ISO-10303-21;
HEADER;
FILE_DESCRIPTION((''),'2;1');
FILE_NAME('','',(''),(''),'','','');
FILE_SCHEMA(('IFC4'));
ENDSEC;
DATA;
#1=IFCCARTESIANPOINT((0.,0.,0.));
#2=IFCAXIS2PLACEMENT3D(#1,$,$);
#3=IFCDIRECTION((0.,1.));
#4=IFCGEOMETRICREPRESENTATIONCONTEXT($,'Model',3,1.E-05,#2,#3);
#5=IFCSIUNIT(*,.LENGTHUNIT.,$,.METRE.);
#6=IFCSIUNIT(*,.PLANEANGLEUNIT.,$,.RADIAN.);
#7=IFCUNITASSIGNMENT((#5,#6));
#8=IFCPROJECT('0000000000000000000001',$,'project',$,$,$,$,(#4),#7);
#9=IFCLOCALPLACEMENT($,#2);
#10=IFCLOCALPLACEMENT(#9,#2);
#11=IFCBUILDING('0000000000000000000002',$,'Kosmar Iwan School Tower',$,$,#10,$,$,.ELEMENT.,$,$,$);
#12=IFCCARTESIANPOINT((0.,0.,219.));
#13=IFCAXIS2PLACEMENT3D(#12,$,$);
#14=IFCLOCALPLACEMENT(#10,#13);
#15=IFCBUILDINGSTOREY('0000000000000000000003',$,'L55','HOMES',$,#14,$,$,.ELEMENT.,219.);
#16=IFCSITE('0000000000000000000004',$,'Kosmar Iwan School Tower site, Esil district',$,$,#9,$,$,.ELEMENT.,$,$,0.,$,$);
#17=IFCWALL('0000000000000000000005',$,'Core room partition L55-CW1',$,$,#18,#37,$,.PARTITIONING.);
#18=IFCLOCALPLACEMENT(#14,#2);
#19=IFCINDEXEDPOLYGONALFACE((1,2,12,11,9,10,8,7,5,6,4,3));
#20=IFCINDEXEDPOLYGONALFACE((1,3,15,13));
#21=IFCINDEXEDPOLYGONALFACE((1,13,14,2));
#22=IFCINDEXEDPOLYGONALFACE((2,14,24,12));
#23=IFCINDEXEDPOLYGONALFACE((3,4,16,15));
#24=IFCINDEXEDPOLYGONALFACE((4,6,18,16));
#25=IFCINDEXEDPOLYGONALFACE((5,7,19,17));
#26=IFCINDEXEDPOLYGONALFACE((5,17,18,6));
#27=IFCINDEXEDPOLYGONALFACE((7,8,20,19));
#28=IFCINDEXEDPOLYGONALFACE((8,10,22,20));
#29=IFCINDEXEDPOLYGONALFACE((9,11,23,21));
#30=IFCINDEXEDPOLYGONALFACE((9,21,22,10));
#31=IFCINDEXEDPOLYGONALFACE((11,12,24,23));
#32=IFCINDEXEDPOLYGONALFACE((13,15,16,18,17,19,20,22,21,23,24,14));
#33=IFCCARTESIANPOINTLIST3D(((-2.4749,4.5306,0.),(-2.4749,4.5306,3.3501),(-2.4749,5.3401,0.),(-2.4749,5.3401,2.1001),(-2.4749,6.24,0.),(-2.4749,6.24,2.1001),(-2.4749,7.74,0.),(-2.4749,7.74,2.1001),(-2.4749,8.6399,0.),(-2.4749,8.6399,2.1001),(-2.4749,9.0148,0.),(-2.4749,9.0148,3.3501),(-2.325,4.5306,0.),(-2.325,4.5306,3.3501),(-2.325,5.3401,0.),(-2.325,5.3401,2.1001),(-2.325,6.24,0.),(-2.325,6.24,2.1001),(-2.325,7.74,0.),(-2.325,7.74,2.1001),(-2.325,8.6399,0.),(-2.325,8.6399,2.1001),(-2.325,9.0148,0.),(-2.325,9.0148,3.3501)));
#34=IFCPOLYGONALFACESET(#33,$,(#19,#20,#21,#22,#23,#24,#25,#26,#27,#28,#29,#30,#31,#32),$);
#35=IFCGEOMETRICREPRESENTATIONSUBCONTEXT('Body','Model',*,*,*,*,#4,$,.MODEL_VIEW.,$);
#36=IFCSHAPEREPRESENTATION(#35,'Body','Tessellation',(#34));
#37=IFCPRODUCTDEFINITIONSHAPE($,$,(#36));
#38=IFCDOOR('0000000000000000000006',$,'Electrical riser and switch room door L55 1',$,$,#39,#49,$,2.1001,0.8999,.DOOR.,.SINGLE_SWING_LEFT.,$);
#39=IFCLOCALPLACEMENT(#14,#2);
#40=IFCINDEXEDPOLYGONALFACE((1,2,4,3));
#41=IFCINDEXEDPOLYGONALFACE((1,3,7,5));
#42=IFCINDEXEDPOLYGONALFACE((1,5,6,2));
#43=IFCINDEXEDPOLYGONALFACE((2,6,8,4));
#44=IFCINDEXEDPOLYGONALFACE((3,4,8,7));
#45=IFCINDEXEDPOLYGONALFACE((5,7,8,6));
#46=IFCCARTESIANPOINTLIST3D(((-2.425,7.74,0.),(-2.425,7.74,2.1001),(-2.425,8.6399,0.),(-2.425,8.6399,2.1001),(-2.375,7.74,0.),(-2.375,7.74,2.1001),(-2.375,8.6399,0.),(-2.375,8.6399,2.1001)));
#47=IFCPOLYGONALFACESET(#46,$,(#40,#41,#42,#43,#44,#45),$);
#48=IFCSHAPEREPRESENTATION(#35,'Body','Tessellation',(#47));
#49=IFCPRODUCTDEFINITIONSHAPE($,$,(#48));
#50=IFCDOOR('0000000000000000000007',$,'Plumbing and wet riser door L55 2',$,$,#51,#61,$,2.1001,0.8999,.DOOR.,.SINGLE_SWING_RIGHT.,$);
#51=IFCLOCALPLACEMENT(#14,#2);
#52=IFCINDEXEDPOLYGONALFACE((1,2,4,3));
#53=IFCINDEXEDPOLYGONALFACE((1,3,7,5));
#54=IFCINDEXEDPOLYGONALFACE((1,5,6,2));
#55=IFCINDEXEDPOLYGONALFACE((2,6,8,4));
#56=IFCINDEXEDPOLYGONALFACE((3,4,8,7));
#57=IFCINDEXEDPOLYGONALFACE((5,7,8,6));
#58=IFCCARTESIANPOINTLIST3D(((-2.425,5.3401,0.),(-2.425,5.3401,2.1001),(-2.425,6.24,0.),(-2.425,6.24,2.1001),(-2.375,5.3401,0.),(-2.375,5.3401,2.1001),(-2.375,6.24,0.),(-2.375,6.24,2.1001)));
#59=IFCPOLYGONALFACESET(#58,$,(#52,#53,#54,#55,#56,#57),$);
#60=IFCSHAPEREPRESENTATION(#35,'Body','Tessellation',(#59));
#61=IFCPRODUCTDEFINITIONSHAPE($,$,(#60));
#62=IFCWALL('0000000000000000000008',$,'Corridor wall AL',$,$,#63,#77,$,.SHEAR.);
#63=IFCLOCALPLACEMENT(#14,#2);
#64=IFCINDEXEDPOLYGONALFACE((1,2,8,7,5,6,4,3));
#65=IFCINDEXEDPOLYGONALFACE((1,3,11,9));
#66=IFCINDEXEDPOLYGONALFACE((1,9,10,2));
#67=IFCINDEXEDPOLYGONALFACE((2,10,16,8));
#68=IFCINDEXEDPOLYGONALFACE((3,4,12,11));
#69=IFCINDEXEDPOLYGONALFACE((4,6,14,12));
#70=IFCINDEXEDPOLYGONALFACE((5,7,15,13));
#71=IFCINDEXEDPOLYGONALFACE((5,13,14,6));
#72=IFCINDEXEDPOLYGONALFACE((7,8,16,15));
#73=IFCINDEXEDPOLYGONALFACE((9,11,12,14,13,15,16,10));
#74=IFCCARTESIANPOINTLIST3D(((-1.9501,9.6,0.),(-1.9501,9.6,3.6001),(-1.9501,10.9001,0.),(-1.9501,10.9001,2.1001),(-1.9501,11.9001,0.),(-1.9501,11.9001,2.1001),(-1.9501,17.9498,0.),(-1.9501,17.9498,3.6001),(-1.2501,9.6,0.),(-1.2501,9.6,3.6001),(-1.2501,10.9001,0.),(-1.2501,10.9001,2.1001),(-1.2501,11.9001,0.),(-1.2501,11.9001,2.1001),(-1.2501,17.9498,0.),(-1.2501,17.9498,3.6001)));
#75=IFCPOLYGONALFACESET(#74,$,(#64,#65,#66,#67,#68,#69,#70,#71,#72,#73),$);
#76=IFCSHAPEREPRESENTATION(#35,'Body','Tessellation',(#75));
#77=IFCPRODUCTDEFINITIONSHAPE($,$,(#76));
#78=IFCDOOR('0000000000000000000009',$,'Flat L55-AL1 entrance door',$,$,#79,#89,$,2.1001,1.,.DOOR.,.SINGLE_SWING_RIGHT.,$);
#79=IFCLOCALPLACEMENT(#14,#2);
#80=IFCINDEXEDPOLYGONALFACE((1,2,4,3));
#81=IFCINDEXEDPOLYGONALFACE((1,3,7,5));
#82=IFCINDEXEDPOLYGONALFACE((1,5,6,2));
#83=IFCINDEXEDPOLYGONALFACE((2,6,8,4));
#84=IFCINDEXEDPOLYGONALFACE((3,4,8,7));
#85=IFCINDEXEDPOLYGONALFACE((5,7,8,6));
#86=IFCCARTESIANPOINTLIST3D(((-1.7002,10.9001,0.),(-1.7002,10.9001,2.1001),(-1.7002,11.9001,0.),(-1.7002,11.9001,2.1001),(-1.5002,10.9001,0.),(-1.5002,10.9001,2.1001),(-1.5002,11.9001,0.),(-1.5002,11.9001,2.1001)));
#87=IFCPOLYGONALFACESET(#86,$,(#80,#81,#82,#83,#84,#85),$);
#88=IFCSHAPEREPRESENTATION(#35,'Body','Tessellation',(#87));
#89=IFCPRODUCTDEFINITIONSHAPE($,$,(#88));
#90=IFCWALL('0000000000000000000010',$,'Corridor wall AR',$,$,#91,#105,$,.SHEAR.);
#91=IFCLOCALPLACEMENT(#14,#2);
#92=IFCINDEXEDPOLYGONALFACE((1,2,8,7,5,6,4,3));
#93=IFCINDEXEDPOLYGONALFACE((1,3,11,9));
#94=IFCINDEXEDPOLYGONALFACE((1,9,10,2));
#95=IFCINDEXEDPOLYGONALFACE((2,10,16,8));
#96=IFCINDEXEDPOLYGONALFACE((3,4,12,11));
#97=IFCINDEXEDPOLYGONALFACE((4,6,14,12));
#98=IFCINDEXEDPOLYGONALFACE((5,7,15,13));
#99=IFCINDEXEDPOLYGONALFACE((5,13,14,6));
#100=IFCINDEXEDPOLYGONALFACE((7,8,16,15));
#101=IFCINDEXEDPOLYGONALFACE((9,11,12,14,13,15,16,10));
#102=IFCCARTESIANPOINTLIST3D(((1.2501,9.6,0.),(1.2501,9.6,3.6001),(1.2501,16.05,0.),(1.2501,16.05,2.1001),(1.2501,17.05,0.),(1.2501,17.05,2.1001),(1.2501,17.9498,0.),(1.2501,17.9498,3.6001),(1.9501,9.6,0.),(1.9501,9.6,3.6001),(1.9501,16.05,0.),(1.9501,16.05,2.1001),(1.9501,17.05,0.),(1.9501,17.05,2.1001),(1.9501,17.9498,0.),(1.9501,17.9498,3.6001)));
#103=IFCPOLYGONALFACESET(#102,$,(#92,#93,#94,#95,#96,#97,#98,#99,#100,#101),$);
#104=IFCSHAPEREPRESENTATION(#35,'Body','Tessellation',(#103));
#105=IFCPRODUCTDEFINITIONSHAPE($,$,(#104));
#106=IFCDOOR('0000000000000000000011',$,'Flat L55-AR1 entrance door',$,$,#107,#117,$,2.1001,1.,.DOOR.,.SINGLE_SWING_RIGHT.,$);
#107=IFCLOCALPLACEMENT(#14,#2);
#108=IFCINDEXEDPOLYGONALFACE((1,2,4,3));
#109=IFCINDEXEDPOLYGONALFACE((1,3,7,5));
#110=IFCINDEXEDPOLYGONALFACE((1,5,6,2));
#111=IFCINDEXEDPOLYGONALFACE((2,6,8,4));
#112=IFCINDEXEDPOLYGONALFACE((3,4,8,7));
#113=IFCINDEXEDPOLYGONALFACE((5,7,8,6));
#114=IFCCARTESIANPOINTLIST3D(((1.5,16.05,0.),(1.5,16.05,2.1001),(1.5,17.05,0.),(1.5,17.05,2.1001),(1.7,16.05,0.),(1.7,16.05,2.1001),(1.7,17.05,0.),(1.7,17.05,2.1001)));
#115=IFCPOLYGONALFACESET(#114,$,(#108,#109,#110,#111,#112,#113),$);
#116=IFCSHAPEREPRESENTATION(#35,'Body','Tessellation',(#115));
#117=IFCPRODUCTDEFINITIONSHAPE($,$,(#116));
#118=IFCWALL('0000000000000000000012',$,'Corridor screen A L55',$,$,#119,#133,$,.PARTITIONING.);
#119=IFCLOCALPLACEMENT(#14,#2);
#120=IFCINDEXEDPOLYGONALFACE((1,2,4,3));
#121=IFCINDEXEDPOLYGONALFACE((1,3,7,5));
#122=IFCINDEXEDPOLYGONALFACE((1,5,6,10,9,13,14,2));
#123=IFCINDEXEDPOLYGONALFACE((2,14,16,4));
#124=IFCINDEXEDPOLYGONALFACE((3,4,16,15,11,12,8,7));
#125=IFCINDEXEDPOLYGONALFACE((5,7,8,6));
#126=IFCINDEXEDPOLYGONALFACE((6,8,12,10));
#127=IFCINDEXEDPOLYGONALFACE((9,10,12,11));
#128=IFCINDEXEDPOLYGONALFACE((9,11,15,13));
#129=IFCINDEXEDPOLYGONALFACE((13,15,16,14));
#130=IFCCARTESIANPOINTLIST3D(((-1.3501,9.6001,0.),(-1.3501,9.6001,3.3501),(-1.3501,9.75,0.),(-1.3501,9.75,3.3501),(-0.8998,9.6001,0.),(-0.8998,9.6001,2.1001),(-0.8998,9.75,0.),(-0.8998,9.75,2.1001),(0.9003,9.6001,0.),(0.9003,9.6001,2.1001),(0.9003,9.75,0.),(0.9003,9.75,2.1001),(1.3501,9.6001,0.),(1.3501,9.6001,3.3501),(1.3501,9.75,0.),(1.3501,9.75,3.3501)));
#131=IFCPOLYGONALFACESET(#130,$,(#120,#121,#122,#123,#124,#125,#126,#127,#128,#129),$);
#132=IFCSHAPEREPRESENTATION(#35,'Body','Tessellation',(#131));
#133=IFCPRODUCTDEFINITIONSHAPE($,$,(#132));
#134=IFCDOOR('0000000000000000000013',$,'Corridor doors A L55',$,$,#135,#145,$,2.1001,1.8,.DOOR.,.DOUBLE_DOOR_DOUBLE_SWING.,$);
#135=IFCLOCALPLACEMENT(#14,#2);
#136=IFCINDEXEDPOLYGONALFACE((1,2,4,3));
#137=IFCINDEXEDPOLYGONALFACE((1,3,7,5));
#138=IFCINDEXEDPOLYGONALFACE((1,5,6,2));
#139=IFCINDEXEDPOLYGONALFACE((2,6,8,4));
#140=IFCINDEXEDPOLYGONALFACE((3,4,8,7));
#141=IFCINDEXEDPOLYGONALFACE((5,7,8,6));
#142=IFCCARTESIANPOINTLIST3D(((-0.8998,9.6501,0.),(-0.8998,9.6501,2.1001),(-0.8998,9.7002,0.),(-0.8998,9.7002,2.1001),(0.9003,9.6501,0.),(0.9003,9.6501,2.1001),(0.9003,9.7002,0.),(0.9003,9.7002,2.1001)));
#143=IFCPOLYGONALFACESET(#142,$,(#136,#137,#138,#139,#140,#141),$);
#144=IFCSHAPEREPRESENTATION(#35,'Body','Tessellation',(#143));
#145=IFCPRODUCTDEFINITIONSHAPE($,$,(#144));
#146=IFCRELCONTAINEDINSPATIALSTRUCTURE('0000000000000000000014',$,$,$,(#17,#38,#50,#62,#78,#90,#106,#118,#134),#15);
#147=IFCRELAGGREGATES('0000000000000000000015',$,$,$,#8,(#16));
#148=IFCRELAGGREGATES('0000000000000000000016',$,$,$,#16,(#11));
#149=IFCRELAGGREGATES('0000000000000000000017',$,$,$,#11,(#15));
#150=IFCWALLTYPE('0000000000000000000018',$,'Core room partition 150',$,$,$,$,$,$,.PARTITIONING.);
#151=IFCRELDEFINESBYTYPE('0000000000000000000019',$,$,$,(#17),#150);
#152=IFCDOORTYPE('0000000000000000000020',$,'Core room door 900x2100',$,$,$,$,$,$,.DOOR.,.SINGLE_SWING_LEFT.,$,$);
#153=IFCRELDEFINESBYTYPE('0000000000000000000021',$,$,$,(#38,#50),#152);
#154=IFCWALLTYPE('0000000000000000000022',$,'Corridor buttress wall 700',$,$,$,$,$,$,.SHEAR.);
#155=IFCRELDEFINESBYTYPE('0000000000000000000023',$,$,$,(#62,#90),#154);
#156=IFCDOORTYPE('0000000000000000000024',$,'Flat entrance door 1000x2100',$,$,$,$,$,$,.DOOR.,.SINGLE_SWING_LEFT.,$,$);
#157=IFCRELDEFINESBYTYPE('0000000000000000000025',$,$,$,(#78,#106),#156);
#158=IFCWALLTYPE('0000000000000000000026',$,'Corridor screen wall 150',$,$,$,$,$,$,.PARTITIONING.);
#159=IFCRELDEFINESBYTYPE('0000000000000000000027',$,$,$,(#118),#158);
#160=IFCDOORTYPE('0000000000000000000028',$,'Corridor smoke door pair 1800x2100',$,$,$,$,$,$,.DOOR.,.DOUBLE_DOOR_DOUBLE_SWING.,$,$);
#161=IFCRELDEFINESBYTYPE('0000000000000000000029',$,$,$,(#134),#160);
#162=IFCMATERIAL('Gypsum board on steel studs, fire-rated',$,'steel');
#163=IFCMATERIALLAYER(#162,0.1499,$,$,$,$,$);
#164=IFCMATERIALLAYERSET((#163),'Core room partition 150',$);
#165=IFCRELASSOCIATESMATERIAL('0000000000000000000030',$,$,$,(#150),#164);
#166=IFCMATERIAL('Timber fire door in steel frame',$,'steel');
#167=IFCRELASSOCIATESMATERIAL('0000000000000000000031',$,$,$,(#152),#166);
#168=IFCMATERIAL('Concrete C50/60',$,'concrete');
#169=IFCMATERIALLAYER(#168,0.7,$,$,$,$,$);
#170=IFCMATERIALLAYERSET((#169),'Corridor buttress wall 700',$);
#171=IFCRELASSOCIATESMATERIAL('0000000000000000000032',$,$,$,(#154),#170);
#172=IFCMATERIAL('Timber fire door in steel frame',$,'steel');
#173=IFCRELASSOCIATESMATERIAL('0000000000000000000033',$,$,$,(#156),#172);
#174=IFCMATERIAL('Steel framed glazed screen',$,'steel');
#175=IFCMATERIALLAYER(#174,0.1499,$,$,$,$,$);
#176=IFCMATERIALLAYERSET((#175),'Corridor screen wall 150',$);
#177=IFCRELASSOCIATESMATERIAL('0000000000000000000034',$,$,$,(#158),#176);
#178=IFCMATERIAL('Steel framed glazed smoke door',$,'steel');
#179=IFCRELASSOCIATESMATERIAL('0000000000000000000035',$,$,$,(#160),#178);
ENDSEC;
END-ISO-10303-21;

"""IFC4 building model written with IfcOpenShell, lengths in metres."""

from ifc_helpers import new_model, si_unit, direction, frame, frame_2d, origin, place, context, subcontext, project, spatial, rectangle, extrude, material, layer, layer_set, type_object, element, fill, save


model = new_model("IFC4")

# Units and contexts
model_context = context("Model", 3, precision=1e-05, world=origin(), true_north=direction((0.0, 1.0)))
body_context = subcontext(model_context, "Body", "Model", "MODEL_VIEW")
ifc_project = project(units=[si_unit("LENGTHUNIT", "METRE"), si_unit("PLANEANGLEUNIT", "RADIAN")], contexts=[model_context])

# Site, building, storey
site_placement = place(None, origin())
site = spatial("IfcSite", under=ifc_project, at=site_placement, Name="Kosmar Iwan School Tower site, Esil district", CompositionType="ELEMENT", RefElevation=0.0)
building_placement = place(site_placement, origin())
building = spatial("IfcBuilding", under=site, at=building_placement, Name="Kosmar Iwan School Tower", CompositionType="ELEMENT")
storey_placement = place(building_placement, frame((0.0, 0.0, 219.0)))
storey = spatial("IfcBuildingStorey", under=building, at=storey_placement, Name="L55", Description="HOMES", CompositionType="ELEMENT", Elevation=219.0)

# Wall, openings, doors
ifc_material_1 = material(Name="Gypsum board on steel studs, fire-rated", Category="steel")
ifc_layer_1 = layer(ifc_material_1, 0.1499)
ifc_layer_set_1 = layer_set([ifc_layer_1], Name="Core room partition 150")
wall_type_1 = type_object("IfcWallType", Name="Core room partition 150", PredefinedType="PARTITIONING", material=ifc_layer_set_1)
wall_1_placement = place(storey_placement, frame((-2.3999, 9.0149, 0.0), z_axis=(0.0, 0.0, 1.0), x_axis=(0.0, -1.0, 0.0)))
wall_1 = element("IfcWall", 1, at=wall_1_placement, inside=storey, type_object=wall_type_1, Name="Core room partition L55-CW1", PredefinedType="PARTITIONING", context=body_context, shape_type="SweptSolid", body=[
    extrude(rectangle(XDim=4.4841, YDim=0.1499, at=frame_2d((2.2422, 0.0))), origin(), (0.0, 0.0, 1.0), 3.3501),
])
opening_1_placement = place(wall_1_placement, frame((0.375, 0.0, 0.0)))
opening_1 = element("IfcOpeningElement", 2, at=opening_1_placement, cuts=wall_1, PredefinedType="OPENING", context=body_context, shape_type="SweptSolid", body=[
    extrude(rectangle(XDim=0.8999, YDim=2.1001, at=frame_2d((0.45, 1.05))), frame((0.0, 0.0869, 0.0), z_axis=(0.0, -1.0, 0.0), x_axis=(1.0, 0.0, 0.0)), (0.0, 0.0, 1.0), 0.1738),
])
opening_2_placement = place(wall_1_placement, frame((2.7749, 0.0, 0.0)))
opening_2 = element("IfcOpeningElement", 3, at=opening_2_placement, cuts=wall_1, PredefinedType="OPENING", context=body_context, shape_type="SweptSolid", body=[
    extrude(rectangle(XDim=0.8999, YDim=2.1001, at=frame_2d((0.45, 1.05))), frame((0.0, 0.0869, 0.0), z_axis=(0.0, -1.0, 0.0), x_axis=(1.0, 0.0, 0.0)), (0.0, 0.0, 1.0), 0.1738),
])
ifc_material_2 = material(Name="Timber fire door in steel frame", Category="steel")
door_type_1 = type_object("IfcDoorType", Name="Core room door 900x2100", OperationType="SINGLE_SWING_LEFT", PredefinedType="DOOR", material=ifc_material_2)
door_1_placement = place(opening_1_placement, origin())
door_1 = element("IfcDoor", 4, at=door_1_placement, inside=storey, type_object=door_type_1, Name="Electrical riser and switch room door L55 1", OperationType="SINGLE_SWING_LEFT", OverallHeight=2.1001, OverallWidth=0.8999, PredefinedType="DOOR", context=body_context, shape_type="SweptSolid", body=[
    extrude(rectangle(XDim=0.8999, YDim=2.1001, at=frame_2d((0.45, 1.05))), frame((0.0, 0.0249, 0.0), z_axis=(0.0, -1.0, 0.0), x_axis=(1.0, 0.0, 0.0)), (0.0, 0.0, 1.0), 0.05),
])
fill(opening_1, door_1)
door_2_placement = place(opening_2_placement, origin())
door_2 = element("IfcDoor", 5, at=door_2_placement, inside=storey, type_object=door_type_1, Name="Plumbing and wet riser door L55 2", OperationType="SINGLE_SWING_RIGHT", OverallHeight=2.1001, OverallWidth=0.8999, PredefinedType="DOOR", context=body_context, shape_type="SweptSolid", body=[
    extrude(rectangle(XDim=0.8999, YDim=2.1001, at=frame_2d((0.45, 1.05))), frame((0.0, 0.0249, 0.0), z_axis=(0.0, -1.0, 0.0), x_axis=(1.0, 0.0, 0.0)), (0.0, 0.0, 1.0), 0.05),
])
fill(opening_2, door_2)

# Walls, openings, doors
ifc_material_3 = material(Name="Concrete C50/60", Category="concrete")
ifc_layer_2 = layer(ifc_material_3, 0.7)
ifc_layer_set_2 = layer_set([ifc_layer_2], Name="Corridor buttress wall 700")
wall_type_2 = type_object("IfcWallType", Name="Corridor buttress wall 700", PredefinedType="SHEAR", material=ifc_layer_set_2)
wall_2_placement = place(storey_placement, frame((-1.6001, 9.6001, 0.0), z_axis=(0.0, 0.0, 1.0), x_axis=(0.0, 1.0, 0.0)))
wall_2 = element("IfcWall", 6, at=wall_2_placement, inside=storey, type_object=wall_type_2, Name="Corridor wall AL", PredefinedType="SHEAR", context=body_context, shape_type="SweptSolid", body=[
    extrude(rectangle(XDim=8.3499, YDim=0.7, at=frame_2d((4.1748, 0.0))), origin(), (0.0, 0.0, 1.0), 3.6001),
])
opening_3_placement = place(wall_2_placement, frame((1.3, 0.0, 0.0)))
opening_3 = element("IfcOpeningElement", 7, at=opening_3_placement, cuts=wall_2, PredefinedType="OPENING", context=body_context, shape_type="SweptSolid", body=[
    extrude(rectangle(XDim=1.0, YDim=2.1001, at=frame_2d((0.5, 1.05))), frame((0.0, 0.3621, 0.0), z_axis=(0.0, -1.0, 0.0), x_axis=(1.0, 0.0, 0.0)), (0.0, 0.0, 1.0), 0.7239),
])
ifc_material_4 = material(Name="Timber fire door in steel frame", Category="steel")
door_type_2 = type_object("IfcDoorType", Name="Flat entrance door 1000x2100", OperationType="SINGLE_SWING_LEFT", PredefinedType="DOOR", material=ifc_material_4)
door_3_placement = place(opening_3_placement, origin())
door_3 = element("IfcDoor", 8, at=door_3_placement, inside=storey, type_object=door_type_2, Name="Flat L55-AL1 entrance door", OperationType="SINGLE_SWING_RIGHT", OverallHeight=2.1001, OverallWidth=1.0, PredefinedType="DOOR", context=body_context, shape_type="SweptSolid", body=[
    extrude(rectangle(XDim=1.0, YDim=2.1001, at=frame_2d((0.5, 1.05))), frame((0.0, 0.1001, 0.0), z_axis=(0.0, -1.0, 0.0), x_axis=(1.0, 0.0, 0.0)), (0.0, 0.0, 1.0), 0.2),
])
fill(opening_3, door_3)
wall_3_placement = place(storey_placement, frame((1.6001, 9.6001, 0.0), z_axis=(0.0, 0.0, 1.0), x_axis=(0.0, 1.0, 0.0)))
wall_3 = element("IfcWall", 9, at=wall_3_placement, inside=storey, type_object=wall_type_2, Name="Corridor wall AR", PredefinedType="SHEAR", context=body_context, shape_type="SweptSolid", body=[
    extrude(rectangle(XDim=8.3499, YDim=0.7, at=frame_2d((4.1748, 0.0))), origin(), (0.0, 0.0, 1.0), 3.6001),
])
opening_4_placement = place(wall_3_placement, frame((6.45, 0.0, 0.0)))
opening_4 = element("IfcOpeningElement", 10, at=opening_4_placement, cuts=wall_3, PredefinedType="OPENING", context=body_context, shape_type="SweptSolid", body=[
    extrude(rectangle(XDim=1.0, YDim=2.1001, at=frame_2d((0.5, 1.05))), frame((0.0, 0.3621, 0.0), z_axis=(0.0, -1.0, 0.0), x_axis=(1.0, 0.0, 0.0)), (0.0, 0.0, 1.0), 0.7239),
])
door_4_placement = place(opening_4_placement, origin())
door_4 = element("IfcDoor", 11, at=door_4_placement, inside=storey, type_object=door_type_2, Name="Flat L55-AR1 entrance door", OperationType="SINGLE_SWING_RIGHT", OverallHeight=2.1001, OverallWidth=1.0, PredefinedType="DOOR", context=body_context, shape_type="SweptSolid", body=[
    extrude(rectangle(XDim=1.0, YDim=2.1001, at=frame_2d((0.5, 1.05))), frame((0.0, 0.1001, 0.0), z_axis=(0.0, -1.0, 0.0), x_axis=(1.0, 0.0, 0.0)), (0.0, 0.0, 1.0), 0.2),
])
fill(opening_4, door_4)
ifc_material_5 = material(Name="Steel framed glazed screen", Category="steel")
ifc_layer_3 = layer(ifc_material_5, 0.1499)
ifc_layer_set_3 = layer_set([ifc_layer_3], Name="Corridor screen wall 150")
wall_type_3 = type_object("IfcWallType", Name="Corridor screen wall 150", PredefinedType="PARTITIONING", material=ifc_layer_set_3)
wall_4_placement = place(storey_placement, frame((1.3501, 9.675, 0.0), z_axis=(0.0, 0.0, 1.0), x_axis=(-1.0, 0.0, 0.0)))
wall_4 = element("IfcWall", 12, at=wall_4_placement, inside=storey, type_object=wall_type_3, Name="Corridor screen A L55", PredefinedType="PARTITIONING", context=body_context, shape_type="SweptSolid", body=[
    extrude(rectangle(XDim=2.7002, YDim=0.1499, at=frame_2d((1.3501, 0.0))), origin(), (0.0, 0.0, 1.0), 3.3501),
])
opening_5_placement = place(wall_4_placement, frame((0.45, 0.0, 0.0)))
opening_5 = element("IfcOpeningElement", 13, at=opening_5_placement, cuts=wall_4, PredefinedType="OPENING", context=body_context, shape_type="SweptSolid", body=[
    extrude(rectangle(XDim=1.8, YDim=2.1001, at=frame_2d((0.8999, 1.05))), frame((0.0, 0.0869, 0.0), z_axis=(0.0, -1.0, 0.0), x_axis=(1.0, 0.0, 0.0)), (0.0, 0.0, 1.0), 0.1738),
])
ifc_material_6 = material(Name="Steel framed glazed smoke door", Category="steel")
door_type_3 = type_object("IfcDoorType", Name="Corridor smoke door pair 1800x2100", OperationType="DOUBLE_DOOR_DOUBLE_SWING", PredefinedType="DOOR", material=ifc_material_6)
door_5_placement = place(opening_5_placement, origin())
door_5 = element("IfcDoor", 14, at=door_5_placement, inside=storey, type_object=door_type_3, Name="Corridor doors A L55", OperationType="DOUBLE_DOOR_DOUBLE_SWING", OverallHeight=2.1001, OverallWidth=1.8, PredefinedType="DOOR", context=body_context, shape_type="SweptSolid", body=[
    extrude(rectangle(XDim=1.8, YDim=2.1001, at=frame_2d((0.8999, 1.05))), frame((0.0, 0.0249, 0.0), z_axis=(0.0, -1.0, 0.0), x_axis=(1.0, 0.0, 0.0)), (0.0, 0.0, 1.0), 0.05),
])
fill(opening_5, door_5)

save(model, "model.ifc")
